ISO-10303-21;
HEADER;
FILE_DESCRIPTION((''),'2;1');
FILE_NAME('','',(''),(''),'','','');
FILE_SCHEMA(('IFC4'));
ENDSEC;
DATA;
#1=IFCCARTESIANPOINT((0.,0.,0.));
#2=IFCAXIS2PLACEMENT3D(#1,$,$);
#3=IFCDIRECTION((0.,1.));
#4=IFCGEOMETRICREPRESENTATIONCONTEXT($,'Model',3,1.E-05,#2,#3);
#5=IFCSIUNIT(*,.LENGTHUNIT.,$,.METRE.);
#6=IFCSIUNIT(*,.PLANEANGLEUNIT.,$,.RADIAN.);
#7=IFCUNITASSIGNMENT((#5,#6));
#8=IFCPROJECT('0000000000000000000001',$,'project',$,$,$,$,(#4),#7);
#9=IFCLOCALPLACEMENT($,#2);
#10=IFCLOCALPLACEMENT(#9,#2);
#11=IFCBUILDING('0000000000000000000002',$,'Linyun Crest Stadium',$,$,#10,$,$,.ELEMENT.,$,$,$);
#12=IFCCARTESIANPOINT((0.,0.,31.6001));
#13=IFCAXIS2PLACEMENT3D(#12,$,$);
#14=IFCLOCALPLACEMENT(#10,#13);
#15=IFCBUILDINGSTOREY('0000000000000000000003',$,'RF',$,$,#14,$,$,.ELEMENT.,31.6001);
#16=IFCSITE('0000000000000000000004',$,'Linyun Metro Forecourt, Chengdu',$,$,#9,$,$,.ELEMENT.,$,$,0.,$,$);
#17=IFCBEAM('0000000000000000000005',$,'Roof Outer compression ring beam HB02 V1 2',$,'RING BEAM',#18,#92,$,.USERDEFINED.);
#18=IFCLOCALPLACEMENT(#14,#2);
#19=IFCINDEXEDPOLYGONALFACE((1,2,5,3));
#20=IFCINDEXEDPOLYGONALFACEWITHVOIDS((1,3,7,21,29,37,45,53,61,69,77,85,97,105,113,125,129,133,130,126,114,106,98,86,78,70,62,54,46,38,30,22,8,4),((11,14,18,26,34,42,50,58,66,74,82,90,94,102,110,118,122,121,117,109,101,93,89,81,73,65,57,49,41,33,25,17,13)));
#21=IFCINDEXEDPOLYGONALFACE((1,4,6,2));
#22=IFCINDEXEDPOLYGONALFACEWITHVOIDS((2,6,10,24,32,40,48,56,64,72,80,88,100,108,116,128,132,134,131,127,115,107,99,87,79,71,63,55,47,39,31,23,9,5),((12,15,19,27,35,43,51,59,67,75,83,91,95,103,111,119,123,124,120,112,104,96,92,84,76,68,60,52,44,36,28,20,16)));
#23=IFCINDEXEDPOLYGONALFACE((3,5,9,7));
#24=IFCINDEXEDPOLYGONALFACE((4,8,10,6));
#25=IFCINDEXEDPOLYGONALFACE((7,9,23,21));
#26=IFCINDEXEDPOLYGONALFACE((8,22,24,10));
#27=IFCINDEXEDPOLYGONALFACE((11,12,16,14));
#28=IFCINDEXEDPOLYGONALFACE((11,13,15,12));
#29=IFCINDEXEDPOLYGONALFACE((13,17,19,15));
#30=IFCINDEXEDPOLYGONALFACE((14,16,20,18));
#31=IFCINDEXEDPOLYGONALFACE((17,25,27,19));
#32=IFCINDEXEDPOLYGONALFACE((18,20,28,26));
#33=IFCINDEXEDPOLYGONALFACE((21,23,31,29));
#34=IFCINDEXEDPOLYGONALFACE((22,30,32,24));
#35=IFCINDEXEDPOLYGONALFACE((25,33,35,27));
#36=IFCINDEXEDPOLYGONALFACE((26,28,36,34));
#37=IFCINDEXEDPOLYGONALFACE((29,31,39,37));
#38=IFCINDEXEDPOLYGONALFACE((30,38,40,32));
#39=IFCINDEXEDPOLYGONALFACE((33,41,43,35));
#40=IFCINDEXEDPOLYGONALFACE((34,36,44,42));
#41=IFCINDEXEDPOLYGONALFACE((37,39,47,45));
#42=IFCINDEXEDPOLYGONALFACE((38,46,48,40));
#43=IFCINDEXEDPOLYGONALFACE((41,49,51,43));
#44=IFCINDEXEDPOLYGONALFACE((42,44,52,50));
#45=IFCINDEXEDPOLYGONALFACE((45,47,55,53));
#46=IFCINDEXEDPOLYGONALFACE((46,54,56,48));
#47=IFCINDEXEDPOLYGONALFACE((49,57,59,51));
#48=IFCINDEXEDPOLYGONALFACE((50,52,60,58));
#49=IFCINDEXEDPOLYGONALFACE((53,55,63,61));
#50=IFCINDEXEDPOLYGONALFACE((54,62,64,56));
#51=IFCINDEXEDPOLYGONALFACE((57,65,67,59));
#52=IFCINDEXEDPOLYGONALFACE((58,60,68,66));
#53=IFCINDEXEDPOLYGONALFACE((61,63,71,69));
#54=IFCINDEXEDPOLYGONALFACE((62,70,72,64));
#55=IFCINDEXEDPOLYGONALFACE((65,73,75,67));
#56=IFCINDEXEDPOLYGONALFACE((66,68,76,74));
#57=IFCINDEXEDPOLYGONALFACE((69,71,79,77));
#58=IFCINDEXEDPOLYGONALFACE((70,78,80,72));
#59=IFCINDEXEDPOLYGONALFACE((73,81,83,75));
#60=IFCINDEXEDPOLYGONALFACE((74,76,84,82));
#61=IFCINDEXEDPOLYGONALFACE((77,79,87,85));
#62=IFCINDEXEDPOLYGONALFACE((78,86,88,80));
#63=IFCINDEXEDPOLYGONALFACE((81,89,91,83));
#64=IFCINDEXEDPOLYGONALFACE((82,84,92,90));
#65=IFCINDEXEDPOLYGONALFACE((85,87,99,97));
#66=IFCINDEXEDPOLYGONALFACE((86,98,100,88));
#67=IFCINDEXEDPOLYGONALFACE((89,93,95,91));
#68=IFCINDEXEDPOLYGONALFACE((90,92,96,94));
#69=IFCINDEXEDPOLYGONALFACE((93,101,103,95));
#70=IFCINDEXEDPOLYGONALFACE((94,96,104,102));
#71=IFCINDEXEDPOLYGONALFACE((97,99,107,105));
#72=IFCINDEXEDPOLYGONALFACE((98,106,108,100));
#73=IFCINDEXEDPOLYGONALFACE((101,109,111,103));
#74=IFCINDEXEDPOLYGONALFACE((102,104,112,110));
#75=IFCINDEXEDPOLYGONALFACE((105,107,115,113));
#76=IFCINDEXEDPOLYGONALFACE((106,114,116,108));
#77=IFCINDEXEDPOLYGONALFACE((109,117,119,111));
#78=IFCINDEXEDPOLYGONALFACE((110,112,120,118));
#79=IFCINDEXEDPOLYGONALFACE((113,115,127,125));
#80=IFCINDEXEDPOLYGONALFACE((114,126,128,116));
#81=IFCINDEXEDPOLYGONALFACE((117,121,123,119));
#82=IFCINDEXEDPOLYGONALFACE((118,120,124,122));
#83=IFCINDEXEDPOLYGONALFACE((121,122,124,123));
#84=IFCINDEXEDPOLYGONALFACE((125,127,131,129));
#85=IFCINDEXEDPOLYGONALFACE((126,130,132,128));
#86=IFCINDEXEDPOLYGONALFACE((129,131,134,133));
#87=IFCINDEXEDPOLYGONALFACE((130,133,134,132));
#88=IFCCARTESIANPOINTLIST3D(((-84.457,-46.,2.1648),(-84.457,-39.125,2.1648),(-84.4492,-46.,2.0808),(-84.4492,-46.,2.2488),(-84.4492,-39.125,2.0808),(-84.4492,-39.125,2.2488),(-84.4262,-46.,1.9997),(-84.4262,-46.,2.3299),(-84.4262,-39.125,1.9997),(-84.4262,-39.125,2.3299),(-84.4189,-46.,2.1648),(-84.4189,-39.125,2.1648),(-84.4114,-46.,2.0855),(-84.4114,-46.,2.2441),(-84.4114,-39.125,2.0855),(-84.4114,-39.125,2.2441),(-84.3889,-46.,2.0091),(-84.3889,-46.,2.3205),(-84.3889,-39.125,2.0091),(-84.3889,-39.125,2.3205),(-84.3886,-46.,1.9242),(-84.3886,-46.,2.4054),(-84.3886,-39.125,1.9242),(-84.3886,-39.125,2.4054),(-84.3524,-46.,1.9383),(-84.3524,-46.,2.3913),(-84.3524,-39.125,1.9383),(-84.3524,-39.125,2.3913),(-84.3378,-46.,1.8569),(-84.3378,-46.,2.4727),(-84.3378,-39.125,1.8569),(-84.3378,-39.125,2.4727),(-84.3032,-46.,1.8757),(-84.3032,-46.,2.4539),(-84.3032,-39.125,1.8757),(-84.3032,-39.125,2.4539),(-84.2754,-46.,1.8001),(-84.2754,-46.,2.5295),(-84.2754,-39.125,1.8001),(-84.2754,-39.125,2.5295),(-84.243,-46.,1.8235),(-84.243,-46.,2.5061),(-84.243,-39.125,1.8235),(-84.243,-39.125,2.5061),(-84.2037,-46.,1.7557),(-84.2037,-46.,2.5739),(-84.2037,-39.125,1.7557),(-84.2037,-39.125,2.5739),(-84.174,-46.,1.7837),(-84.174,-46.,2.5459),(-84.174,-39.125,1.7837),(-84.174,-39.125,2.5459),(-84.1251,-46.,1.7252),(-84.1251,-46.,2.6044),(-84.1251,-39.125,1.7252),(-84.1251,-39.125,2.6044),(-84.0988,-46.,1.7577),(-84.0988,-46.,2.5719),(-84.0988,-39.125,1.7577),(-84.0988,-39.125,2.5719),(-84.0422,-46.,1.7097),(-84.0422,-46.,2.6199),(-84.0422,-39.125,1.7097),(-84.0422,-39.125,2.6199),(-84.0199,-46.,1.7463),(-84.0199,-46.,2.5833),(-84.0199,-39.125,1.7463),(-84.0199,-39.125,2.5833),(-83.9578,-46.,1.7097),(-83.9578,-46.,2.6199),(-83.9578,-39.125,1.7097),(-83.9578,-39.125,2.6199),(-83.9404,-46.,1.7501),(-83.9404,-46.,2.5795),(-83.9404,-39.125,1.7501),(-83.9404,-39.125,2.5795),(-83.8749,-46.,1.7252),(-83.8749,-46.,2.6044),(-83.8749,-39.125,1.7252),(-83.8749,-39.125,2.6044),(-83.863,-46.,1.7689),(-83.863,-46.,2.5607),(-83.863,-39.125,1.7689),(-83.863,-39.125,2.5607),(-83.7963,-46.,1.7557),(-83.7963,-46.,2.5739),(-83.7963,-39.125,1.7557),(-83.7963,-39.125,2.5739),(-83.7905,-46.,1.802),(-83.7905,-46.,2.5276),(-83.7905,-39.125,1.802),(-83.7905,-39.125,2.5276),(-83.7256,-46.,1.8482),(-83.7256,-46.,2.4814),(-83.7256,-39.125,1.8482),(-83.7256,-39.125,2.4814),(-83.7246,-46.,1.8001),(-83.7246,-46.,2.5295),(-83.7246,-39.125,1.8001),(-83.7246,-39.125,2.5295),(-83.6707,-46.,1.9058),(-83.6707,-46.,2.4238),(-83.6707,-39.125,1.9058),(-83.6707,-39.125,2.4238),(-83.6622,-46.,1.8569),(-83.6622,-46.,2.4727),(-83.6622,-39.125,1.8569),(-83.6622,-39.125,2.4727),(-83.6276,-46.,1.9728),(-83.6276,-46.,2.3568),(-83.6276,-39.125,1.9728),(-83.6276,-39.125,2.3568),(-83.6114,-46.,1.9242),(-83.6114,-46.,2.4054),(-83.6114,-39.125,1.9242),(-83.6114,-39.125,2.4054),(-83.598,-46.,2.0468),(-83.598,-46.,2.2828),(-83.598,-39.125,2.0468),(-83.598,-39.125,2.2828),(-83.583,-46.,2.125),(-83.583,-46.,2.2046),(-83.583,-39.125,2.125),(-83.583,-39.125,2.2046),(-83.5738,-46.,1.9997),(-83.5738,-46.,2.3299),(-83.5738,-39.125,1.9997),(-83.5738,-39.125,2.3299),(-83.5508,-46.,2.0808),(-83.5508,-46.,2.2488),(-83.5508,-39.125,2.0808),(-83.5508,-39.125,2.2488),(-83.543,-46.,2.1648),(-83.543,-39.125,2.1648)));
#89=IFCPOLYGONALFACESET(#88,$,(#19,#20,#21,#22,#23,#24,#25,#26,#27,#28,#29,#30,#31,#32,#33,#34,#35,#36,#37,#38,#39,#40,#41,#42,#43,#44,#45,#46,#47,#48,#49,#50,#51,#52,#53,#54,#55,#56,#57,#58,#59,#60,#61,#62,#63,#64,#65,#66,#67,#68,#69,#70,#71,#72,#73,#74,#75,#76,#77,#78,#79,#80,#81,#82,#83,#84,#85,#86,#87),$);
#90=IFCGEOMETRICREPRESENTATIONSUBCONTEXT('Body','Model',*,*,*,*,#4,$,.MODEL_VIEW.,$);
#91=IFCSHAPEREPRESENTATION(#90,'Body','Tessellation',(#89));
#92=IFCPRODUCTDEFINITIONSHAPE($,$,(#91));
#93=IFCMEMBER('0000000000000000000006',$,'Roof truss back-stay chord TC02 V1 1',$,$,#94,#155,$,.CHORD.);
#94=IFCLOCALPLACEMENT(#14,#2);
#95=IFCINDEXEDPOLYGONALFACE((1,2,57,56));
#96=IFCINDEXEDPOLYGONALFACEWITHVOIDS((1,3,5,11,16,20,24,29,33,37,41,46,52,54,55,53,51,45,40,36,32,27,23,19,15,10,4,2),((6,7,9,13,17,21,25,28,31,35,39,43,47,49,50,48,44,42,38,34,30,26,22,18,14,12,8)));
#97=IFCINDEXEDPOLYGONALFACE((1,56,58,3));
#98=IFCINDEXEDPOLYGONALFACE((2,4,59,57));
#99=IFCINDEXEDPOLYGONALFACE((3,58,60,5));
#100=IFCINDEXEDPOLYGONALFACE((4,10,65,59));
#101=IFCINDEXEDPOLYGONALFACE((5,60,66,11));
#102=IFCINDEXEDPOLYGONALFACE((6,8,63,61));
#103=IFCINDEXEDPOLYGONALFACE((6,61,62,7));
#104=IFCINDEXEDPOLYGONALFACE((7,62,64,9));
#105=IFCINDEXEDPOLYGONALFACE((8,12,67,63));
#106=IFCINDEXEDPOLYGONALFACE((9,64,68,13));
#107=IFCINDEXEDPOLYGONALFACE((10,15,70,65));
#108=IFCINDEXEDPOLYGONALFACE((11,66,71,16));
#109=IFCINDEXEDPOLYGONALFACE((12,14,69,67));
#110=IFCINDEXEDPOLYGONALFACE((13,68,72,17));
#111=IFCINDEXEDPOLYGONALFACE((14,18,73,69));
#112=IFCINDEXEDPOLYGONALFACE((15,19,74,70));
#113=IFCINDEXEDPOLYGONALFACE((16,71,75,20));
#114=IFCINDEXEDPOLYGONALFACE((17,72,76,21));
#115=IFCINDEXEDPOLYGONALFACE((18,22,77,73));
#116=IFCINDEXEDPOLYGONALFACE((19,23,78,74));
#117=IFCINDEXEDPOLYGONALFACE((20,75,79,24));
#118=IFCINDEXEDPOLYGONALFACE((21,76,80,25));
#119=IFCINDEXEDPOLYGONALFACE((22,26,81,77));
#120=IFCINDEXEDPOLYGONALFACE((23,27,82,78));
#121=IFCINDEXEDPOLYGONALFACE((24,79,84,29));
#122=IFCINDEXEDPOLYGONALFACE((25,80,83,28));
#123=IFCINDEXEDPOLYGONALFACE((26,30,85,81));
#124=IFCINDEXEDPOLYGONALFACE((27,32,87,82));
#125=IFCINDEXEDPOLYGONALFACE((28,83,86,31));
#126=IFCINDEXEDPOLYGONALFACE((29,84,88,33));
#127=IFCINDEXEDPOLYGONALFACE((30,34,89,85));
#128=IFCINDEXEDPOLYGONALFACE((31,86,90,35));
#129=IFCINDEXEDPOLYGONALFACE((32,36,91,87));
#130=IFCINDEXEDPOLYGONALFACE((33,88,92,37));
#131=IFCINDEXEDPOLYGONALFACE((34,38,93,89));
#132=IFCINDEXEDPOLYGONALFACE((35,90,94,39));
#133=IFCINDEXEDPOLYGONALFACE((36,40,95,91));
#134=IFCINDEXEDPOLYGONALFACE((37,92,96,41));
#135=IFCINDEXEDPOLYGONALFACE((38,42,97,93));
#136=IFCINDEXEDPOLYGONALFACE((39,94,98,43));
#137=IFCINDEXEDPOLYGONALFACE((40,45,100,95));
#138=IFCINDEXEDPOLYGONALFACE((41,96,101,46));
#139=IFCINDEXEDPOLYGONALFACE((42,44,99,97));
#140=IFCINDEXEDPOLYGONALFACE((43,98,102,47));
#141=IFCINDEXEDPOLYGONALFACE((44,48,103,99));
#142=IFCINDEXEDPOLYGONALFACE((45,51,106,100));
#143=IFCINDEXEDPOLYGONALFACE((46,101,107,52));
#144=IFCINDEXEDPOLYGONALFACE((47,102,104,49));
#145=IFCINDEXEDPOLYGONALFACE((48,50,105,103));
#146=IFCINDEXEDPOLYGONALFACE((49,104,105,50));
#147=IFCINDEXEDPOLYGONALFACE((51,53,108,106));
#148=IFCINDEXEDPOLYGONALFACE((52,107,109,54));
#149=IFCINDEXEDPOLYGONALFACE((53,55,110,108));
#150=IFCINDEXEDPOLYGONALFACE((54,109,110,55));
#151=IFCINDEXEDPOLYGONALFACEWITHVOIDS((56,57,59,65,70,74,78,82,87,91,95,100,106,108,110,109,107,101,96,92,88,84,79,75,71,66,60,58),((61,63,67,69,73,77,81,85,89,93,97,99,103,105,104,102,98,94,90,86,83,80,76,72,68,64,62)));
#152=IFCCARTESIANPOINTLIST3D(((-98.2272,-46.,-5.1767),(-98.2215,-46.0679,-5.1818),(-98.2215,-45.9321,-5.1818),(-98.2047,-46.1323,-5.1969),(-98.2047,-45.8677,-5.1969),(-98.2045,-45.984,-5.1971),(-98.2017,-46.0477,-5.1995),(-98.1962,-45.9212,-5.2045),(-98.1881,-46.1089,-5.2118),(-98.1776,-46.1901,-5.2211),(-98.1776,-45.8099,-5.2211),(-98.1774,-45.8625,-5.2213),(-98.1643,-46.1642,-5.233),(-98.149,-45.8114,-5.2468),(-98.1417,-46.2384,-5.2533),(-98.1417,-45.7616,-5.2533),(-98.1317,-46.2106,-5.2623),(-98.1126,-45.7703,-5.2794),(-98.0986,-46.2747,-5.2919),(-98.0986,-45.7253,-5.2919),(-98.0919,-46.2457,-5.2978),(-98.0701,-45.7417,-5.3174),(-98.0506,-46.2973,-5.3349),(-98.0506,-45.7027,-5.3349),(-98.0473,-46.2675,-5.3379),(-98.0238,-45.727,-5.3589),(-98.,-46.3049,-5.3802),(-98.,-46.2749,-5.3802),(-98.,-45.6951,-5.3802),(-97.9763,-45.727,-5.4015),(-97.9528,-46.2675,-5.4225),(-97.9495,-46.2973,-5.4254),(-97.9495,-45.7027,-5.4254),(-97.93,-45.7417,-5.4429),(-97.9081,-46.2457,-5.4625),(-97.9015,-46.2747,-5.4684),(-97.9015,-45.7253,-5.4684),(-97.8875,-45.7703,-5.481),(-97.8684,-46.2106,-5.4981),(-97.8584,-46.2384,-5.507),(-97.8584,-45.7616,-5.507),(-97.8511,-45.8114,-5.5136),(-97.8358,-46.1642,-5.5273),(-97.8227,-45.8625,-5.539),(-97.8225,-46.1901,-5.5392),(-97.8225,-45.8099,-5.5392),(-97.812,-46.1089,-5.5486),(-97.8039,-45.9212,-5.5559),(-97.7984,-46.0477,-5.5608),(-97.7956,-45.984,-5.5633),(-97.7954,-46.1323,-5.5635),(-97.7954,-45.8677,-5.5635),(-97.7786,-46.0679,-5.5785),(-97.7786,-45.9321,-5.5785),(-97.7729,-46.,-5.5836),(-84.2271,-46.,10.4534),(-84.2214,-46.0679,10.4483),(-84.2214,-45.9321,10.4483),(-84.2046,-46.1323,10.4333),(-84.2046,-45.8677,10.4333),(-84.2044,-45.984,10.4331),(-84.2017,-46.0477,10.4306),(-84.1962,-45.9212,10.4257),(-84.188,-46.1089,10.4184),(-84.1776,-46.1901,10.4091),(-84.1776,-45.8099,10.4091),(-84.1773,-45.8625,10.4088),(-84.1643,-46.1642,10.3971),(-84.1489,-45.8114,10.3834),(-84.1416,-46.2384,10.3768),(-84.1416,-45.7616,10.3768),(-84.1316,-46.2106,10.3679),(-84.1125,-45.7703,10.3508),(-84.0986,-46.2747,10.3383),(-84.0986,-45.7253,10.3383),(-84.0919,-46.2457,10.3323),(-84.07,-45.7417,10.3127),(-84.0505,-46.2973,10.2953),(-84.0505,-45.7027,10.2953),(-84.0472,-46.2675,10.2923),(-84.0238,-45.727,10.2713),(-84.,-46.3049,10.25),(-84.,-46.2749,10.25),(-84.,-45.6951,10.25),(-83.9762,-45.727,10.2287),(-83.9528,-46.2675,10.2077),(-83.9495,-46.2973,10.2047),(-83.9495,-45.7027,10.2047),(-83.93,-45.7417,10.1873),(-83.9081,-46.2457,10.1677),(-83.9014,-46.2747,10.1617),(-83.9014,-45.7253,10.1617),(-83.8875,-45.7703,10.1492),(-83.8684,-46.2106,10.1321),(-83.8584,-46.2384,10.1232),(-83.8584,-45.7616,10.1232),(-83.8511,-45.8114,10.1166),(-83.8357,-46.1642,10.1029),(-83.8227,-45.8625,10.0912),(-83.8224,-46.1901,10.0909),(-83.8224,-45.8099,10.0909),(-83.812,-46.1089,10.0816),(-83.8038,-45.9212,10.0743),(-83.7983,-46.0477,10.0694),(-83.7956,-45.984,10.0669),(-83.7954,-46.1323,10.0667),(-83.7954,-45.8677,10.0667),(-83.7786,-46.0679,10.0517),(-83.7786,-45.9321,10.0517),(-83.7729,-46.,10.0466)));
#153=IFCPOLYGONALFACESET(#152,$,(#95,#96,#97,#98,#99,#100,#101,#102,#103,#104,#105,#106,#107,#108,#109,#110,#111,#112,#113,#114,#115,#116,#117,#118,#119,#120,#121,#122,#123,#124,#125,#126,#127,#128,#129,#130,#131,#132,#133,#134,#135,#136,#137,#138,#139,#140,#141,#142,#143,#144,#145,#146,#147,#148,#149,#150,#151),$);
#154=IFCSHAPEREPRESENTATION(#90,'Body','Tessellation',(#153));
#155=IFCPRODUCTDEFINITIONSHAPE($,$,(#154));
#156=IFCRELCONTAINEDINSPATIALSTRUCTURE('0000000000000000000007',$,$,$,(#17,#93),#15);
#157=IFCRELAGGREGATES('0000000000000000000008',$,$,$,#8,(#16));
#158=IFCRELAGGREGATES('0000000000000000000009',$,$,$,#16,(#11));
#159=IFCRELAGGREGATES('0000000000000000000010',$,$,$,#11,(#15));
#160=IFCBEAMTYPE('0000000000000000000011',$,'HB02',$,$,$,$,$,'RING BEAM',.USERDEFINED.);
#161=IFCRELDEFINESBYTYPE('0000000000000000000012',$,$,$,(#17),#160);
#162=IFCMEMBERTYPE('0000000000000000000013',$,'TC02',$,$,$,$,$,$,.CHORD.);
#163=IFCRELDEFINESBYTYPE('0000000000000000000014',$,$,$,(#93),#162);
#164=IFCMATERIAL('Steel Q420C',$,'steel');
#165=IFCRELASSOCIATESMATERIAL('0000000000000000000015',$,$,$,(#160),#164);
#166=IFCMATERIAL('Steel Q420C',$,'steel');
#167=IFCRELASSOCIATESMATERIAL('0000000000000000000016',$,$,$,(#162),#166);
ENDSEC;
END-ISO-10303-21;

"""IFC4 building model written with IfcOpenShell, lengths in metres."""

from ifc_helpers import new_model, si_unit, direction, frame, origin, origin_2d, place, context, subcontext, project, spatial, hollow_circle, extrude, material, material_profile, profile_set, type_object, element, save


model = new_model("IFC4")

# Units and contexts
model_context = context("Model", 3, precision=1e-05, world=origin(), true_north=direction((0.0, 1.0)))
body_context = subcontext(model_context, "Body", "Model", "MODEL_VIEW")
ifc_project = project(units=[si_unit("LENGTHUNIT", "METRE"), si_unit("PLANEANGLEUNIT", "RADIAN")], contexts=[model_context])

# Site, building, storey
site_placement = place(None, origin())
site = spatial("IfcSite", under=ifc_project, at=site_placement, Name="Linyun Metro Forecourt, Chengdu", CompositionType="ELEMENT", RefElevation=0.0)
building_placement = place(site_placement, origin())
building = spatial("IfcBuilding", under=site, at=building_placement, Name="Linyun Crest Stadium", CompositionType="ELEMENT")
storey_placement = place(building_placement, frame((0.0, 0.0, 31.6001)))
storey = spatial("IfcBuildingStorey", under=building, at=storey_placement, Name="RF", CompositionType="ELEMENT", Elevation=31.6001)

# Beam
ifc_material_1 = material(Name="Steel Q420C", Category="steel")
ifc_material_profile_1 = material_profile(ifc_material_1, hollow_circle(Radius=0.457, WallThickness=0.0381, at=origin_2d()), Name="CHS 914x38")
ifc_profile_set_1 = profile_set([ifc_material_profile_1], Name="Steel Q420C")
beam_type = type_object("IfcBeamType", Name="HB02", ElementType="RING BEAM", PredefinedType="USERDEFINED", material=ifc_profile_set_1)
beam_placement = place(storey_placement, frame((-84.0, -46.0, 2.1648), z_axis=(0.0, 1.0, 0.0), x_axis=(-1.0, 0.0, 0.0)))
element("IfcBeam", 1, at=beam_placement, inside=storey, type_object=beam_type, Name="Roof Outer compression ring beam HB02 V1 2", ObjectType="RING BEAM", PredefinedType="USERDEFINED", context=body_context, shape_type="SweptSolid", body=[
    extrude(hollow_circle(Radius=0.457, WallThickness=0.0381, at=origin_2d()), origin(), (0.0, 0.0, 1.0), 6.875),
])

# Member
ifc_material_2 = material(Name="Steel Q420C", Category="steel")
ifc_material_profile_2 = material_profile(ifc_material_2, hollow_circle(Radius=0.3049, WallThickness=0.03, at=origin_2d()), Name="CHS 610x30")
ifc_profile_set_2 = profile_set([ifc_material_profile_2], Name="Steel Q420C")
member_type_1 = type_object("IfcMemberType", Name="TC02", PredefinedType="CHORD", material=ifc_profile_set_2)
member_1_placement = place(storey_placement, frame((-84.0, -46.0, 10.25), z_axis=(-0.667196, 0.0, -0.744882), x_axis=(0.0, -1.0, 0.0)))
element("IfcMember", 2, at=member_1_placement, inside=storey, type_object=member_type_1, Name="Roof truss back-stay chord TC02 V1 1", PredefinedType="CHORD", context=body_context, shape_type="SweptSolid", body=[
    extrude(hollow_circle(Radius=0.3049, WallThickness=0.03, at=origin_2d()), origin(), (0.0, 0.0, 1.0), 20.9834),
])

save(model, "model.ifc")
